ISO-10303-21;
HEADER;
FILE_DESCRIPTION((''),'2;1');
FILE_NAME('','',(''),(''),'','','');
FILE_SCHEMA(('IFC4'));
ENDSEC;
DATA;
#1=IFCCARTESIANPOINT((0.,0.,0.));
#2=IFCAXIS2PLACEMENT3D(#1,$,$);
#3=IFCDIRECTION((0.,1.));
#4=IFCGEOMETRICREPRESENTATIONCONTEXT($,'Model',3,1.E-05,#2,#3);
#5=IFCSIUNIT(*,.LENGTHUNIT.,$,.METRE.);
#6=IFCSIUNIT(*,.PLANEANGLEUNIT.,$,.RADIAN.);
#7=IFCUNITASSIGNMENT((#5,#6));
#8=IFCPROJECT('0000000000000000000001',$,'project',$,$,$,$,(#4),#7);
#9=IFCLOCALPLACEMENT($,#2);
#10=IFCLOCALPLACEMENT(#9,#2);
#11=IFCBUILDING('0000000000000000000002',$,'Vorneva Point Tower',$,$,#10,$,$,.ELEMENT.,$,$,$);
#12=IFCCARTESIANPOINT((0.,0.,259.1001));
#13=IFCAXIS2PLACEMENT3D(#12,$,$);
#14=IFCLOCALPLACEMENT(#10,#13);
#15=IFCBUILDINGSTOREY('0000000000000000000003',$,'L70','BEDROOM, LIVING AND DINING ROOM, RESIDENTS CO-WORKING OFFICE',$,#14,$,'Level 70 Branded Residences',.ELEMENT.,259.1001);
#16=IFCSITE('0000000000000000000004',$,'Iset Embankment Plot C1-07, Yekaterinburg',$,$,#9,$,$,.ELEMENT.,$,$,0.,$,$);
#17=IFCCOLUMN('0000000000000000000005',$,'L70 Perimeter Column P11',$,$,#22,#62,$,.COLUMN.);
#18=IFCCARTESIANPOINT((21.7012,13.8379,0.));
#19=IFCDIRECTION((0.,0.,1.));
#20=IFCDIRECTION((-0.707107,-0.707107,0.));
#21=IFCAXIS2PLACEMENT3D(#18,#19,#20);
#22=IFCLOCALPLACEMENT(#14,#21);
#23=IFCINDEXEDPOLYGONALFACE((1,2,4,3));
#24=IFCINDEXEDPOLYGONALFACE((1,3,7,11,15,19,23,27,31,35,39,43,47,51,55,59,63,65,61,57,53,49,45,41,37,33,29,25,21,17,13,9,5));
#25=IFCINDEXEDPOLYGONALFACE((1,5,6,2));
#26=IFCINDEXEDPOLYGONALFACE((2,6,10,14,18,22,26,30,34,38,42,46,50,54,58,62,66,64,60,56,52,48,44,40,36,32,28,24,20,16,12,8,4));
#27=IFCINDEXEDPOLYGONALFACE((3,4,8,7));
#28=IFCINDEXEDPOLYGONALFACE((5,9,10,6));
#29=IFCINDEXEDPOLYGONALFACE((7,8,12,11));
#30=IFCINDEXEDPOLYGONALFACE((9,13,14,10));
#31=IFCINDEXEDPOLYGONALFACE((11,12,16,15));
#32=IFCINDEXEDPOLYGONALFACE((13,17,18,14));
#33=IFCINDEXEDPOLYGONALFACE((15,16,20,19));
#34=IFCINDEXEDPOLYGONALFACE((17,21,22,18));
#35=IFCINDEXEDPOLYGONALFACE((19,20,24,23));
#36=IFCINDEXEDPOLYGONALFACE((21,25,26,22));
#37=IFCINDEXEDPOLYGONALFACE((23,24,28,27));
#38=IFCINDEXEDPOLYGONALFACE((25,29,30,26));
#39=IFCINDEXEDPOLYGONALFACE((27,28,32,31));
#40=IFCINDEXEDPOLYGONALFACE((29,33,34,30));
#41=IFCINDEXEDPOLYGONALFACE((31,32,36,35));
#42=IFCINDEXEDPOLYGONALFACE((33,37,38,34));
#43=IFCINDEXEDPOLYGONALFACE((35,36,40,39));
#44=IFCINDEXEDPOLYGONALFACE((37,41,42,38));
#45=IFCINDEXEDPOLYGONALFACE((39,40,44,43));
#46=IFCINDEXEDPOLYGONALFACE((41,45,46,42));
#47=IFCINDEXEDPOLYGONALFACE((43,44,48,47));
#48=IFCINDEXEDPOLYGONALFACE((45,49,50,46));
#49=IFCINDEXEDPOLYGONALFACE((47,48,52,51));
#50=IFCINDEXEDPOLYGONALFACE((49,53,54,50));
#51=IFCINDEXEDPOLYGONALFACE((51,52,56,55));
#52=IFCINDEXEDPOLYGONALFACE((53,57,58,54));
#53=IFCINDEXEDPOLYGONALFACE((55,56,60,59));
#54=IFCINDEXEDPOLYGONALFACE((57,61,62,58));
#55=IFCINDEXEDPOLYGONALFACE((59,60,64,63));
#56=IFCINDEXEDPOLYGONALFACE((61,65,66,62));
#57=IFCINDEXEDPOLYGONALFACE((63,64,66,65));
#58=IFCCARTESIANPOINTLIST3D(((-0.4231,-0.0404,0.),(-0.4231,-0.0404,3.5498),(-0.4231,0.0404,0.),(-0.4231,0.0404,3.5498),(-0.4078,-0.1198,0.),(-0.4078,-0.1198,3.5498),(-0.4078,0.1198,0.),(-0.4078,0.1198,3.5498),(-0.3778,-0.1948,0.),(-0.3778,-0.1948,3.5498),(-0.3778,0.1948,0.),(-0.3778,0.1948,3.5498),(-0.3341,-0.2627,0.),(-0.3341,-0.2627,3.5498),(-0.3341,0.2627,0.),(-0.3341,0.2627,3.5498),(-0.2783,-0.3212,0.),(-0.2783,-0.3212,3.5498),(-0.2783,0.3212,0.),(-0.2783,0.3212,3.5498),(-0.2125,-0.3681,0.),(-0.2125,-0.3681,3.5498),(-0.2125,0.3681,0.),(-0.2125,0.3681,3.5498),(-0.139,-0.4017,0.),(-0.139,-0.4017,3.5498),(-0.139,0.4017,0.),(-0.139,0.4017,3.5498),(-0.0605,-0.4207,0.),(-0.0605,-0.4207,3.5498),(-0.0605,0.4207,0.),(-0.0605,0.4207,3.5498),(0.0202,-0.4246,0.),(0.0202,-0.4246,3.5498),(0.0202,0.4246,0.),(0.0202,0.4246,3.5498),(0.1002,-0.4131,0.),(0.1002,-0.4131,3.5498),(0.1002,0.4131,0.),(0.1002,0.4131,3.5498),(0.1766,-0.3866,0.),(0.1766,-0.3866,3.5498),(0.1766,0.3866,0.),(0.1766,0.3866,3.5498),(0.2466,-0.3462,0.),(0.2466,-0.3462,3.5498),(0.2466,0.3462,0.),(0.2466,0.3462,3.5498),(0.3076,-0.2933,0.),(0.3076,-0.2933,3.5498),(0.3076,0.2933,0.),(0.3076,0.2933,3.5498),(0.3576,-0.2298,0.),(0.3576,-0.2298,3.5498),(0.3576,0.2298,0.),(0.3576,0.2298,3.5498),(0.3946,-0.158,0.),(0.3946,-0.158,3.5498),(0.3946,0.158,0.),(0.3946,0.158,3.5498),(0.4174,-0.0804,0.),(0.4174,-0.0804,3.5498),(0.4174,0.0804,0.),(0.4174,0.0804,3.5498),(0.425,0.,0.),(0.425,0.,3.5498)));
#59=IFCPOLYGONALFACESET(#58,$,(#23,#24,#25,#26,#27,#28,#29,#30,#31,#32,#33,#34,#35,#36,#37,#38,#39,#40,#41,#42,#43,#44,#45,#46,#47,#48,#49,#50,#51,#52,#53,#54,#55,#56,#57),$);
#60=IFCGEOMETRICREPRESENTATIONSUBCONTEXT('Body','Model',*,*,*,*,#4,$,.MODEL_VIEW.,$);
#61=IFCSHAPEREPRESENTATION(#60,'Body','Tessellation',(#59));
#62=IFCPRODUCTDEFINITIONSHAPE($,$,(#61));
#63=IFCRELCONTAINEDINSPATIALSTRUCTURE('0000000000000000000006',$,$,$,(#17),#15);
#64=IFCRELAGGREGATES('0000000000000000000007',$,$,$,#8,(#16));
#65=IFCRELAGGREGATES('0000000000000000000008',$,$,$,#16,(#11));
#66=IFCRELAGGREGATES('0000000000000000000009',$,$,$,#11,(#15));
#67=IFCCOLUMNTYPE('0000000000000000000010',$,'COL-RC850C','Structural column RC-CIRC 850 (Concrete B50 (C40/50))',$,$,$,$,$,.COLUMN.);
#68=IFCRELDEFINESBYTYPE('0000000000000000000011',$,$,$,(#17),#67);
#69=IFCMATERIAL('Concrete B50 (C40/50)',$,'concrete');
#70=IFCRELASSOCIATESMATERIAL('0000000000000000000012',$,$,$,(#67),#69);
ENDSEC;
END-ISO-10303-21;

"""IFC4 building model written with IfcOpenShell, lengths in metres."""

from ifc_helpers import new_model, si_unit, direction, frame, origin, origin_2d, place, context, subcontext, project, spatial, circle, extrude, material, material_profile, profile_set, type_object, element, save


model = new_model("IFC4")

# Units and contexts
model_context = context("Model", 3, precision=1e-05, world=origin(), true_north=direction((0.0, 1.0)))
body_context = subcontext(model_context, "Body", "Model", "MODEL_VIEW")
ifc_project = project(units=[si_unit("LENGTHUNIT", "METRE"), si_unit("PLANEANGLEUNIT", "RADIAN")], contexts=[model_context])

# Site, building, storey
site_placement = place(None, origin())
site = spatial("IfcSite", under=ifc_project, at=site_placement, Name="Iset Embankment Plot C1-07, Yekaterinburg", CompositionType="ELEMENT", RefElevation=0.0)
building_placement = place(site_placement, origin())
building = spatial("IfcBuilding", under=site, at=building_placement, Name="Vorneva Point Tower", CompositionType="ELEMENT")
storey_placement = place(building_placement, frame((0.0, 0.0, 259.1001)))
storey = spatial("IfcBuildingStorey", under=building, at=storey_placement, Name="L70", Description="BEDROOM, LIVING AND DINING ROOM, RESIDENTS CO-WORKING OFFICE", LongName="Level 70 Branded Residences", CompositionType="ELEMENT", Elevation=259.1001)

# Column
ifc_material_1 = material(Name="Concrete B50 (C40/50)", Category="concrete")
ifc_material_profile_1 = material_profile(ifc_material_1, circle(Radius=0.425, at=origin_2d()), Name="RC-CIRC 850")
ifc_profile_set_1 = profile_set([ifc_material_profile_1], Name="Concrete B50 (C40/50)")
column_type = type_object("IfcColumnType", Name="COL-RC850C", Description="Structural column RC-CIRC 850 (Concrete B50 (C40/50))", PredefinedType="COLUMN", material=ifc_profile_set_1)
column_placement = place(storey_placement, frame((21.7012, 13.8379, 0.0), z_axis=(0.0, 0.0, 1.0), x_axis=(-0.707107, -0.707107, 0.0)))
element("IfcColumn", 1, at=column_placement, inside=storey, type_object=column_type, Name="L70 Perimeter Column P11", PredefinedType="COLUMN", context=body_context, shape_type="SweptSolid", body=[
    extrude(circle(Radius=0.425, at=origin_2d()), origin(), (0.0, 0.0, 1.0), 3.5498),
])

save(model, "model.ifc")
